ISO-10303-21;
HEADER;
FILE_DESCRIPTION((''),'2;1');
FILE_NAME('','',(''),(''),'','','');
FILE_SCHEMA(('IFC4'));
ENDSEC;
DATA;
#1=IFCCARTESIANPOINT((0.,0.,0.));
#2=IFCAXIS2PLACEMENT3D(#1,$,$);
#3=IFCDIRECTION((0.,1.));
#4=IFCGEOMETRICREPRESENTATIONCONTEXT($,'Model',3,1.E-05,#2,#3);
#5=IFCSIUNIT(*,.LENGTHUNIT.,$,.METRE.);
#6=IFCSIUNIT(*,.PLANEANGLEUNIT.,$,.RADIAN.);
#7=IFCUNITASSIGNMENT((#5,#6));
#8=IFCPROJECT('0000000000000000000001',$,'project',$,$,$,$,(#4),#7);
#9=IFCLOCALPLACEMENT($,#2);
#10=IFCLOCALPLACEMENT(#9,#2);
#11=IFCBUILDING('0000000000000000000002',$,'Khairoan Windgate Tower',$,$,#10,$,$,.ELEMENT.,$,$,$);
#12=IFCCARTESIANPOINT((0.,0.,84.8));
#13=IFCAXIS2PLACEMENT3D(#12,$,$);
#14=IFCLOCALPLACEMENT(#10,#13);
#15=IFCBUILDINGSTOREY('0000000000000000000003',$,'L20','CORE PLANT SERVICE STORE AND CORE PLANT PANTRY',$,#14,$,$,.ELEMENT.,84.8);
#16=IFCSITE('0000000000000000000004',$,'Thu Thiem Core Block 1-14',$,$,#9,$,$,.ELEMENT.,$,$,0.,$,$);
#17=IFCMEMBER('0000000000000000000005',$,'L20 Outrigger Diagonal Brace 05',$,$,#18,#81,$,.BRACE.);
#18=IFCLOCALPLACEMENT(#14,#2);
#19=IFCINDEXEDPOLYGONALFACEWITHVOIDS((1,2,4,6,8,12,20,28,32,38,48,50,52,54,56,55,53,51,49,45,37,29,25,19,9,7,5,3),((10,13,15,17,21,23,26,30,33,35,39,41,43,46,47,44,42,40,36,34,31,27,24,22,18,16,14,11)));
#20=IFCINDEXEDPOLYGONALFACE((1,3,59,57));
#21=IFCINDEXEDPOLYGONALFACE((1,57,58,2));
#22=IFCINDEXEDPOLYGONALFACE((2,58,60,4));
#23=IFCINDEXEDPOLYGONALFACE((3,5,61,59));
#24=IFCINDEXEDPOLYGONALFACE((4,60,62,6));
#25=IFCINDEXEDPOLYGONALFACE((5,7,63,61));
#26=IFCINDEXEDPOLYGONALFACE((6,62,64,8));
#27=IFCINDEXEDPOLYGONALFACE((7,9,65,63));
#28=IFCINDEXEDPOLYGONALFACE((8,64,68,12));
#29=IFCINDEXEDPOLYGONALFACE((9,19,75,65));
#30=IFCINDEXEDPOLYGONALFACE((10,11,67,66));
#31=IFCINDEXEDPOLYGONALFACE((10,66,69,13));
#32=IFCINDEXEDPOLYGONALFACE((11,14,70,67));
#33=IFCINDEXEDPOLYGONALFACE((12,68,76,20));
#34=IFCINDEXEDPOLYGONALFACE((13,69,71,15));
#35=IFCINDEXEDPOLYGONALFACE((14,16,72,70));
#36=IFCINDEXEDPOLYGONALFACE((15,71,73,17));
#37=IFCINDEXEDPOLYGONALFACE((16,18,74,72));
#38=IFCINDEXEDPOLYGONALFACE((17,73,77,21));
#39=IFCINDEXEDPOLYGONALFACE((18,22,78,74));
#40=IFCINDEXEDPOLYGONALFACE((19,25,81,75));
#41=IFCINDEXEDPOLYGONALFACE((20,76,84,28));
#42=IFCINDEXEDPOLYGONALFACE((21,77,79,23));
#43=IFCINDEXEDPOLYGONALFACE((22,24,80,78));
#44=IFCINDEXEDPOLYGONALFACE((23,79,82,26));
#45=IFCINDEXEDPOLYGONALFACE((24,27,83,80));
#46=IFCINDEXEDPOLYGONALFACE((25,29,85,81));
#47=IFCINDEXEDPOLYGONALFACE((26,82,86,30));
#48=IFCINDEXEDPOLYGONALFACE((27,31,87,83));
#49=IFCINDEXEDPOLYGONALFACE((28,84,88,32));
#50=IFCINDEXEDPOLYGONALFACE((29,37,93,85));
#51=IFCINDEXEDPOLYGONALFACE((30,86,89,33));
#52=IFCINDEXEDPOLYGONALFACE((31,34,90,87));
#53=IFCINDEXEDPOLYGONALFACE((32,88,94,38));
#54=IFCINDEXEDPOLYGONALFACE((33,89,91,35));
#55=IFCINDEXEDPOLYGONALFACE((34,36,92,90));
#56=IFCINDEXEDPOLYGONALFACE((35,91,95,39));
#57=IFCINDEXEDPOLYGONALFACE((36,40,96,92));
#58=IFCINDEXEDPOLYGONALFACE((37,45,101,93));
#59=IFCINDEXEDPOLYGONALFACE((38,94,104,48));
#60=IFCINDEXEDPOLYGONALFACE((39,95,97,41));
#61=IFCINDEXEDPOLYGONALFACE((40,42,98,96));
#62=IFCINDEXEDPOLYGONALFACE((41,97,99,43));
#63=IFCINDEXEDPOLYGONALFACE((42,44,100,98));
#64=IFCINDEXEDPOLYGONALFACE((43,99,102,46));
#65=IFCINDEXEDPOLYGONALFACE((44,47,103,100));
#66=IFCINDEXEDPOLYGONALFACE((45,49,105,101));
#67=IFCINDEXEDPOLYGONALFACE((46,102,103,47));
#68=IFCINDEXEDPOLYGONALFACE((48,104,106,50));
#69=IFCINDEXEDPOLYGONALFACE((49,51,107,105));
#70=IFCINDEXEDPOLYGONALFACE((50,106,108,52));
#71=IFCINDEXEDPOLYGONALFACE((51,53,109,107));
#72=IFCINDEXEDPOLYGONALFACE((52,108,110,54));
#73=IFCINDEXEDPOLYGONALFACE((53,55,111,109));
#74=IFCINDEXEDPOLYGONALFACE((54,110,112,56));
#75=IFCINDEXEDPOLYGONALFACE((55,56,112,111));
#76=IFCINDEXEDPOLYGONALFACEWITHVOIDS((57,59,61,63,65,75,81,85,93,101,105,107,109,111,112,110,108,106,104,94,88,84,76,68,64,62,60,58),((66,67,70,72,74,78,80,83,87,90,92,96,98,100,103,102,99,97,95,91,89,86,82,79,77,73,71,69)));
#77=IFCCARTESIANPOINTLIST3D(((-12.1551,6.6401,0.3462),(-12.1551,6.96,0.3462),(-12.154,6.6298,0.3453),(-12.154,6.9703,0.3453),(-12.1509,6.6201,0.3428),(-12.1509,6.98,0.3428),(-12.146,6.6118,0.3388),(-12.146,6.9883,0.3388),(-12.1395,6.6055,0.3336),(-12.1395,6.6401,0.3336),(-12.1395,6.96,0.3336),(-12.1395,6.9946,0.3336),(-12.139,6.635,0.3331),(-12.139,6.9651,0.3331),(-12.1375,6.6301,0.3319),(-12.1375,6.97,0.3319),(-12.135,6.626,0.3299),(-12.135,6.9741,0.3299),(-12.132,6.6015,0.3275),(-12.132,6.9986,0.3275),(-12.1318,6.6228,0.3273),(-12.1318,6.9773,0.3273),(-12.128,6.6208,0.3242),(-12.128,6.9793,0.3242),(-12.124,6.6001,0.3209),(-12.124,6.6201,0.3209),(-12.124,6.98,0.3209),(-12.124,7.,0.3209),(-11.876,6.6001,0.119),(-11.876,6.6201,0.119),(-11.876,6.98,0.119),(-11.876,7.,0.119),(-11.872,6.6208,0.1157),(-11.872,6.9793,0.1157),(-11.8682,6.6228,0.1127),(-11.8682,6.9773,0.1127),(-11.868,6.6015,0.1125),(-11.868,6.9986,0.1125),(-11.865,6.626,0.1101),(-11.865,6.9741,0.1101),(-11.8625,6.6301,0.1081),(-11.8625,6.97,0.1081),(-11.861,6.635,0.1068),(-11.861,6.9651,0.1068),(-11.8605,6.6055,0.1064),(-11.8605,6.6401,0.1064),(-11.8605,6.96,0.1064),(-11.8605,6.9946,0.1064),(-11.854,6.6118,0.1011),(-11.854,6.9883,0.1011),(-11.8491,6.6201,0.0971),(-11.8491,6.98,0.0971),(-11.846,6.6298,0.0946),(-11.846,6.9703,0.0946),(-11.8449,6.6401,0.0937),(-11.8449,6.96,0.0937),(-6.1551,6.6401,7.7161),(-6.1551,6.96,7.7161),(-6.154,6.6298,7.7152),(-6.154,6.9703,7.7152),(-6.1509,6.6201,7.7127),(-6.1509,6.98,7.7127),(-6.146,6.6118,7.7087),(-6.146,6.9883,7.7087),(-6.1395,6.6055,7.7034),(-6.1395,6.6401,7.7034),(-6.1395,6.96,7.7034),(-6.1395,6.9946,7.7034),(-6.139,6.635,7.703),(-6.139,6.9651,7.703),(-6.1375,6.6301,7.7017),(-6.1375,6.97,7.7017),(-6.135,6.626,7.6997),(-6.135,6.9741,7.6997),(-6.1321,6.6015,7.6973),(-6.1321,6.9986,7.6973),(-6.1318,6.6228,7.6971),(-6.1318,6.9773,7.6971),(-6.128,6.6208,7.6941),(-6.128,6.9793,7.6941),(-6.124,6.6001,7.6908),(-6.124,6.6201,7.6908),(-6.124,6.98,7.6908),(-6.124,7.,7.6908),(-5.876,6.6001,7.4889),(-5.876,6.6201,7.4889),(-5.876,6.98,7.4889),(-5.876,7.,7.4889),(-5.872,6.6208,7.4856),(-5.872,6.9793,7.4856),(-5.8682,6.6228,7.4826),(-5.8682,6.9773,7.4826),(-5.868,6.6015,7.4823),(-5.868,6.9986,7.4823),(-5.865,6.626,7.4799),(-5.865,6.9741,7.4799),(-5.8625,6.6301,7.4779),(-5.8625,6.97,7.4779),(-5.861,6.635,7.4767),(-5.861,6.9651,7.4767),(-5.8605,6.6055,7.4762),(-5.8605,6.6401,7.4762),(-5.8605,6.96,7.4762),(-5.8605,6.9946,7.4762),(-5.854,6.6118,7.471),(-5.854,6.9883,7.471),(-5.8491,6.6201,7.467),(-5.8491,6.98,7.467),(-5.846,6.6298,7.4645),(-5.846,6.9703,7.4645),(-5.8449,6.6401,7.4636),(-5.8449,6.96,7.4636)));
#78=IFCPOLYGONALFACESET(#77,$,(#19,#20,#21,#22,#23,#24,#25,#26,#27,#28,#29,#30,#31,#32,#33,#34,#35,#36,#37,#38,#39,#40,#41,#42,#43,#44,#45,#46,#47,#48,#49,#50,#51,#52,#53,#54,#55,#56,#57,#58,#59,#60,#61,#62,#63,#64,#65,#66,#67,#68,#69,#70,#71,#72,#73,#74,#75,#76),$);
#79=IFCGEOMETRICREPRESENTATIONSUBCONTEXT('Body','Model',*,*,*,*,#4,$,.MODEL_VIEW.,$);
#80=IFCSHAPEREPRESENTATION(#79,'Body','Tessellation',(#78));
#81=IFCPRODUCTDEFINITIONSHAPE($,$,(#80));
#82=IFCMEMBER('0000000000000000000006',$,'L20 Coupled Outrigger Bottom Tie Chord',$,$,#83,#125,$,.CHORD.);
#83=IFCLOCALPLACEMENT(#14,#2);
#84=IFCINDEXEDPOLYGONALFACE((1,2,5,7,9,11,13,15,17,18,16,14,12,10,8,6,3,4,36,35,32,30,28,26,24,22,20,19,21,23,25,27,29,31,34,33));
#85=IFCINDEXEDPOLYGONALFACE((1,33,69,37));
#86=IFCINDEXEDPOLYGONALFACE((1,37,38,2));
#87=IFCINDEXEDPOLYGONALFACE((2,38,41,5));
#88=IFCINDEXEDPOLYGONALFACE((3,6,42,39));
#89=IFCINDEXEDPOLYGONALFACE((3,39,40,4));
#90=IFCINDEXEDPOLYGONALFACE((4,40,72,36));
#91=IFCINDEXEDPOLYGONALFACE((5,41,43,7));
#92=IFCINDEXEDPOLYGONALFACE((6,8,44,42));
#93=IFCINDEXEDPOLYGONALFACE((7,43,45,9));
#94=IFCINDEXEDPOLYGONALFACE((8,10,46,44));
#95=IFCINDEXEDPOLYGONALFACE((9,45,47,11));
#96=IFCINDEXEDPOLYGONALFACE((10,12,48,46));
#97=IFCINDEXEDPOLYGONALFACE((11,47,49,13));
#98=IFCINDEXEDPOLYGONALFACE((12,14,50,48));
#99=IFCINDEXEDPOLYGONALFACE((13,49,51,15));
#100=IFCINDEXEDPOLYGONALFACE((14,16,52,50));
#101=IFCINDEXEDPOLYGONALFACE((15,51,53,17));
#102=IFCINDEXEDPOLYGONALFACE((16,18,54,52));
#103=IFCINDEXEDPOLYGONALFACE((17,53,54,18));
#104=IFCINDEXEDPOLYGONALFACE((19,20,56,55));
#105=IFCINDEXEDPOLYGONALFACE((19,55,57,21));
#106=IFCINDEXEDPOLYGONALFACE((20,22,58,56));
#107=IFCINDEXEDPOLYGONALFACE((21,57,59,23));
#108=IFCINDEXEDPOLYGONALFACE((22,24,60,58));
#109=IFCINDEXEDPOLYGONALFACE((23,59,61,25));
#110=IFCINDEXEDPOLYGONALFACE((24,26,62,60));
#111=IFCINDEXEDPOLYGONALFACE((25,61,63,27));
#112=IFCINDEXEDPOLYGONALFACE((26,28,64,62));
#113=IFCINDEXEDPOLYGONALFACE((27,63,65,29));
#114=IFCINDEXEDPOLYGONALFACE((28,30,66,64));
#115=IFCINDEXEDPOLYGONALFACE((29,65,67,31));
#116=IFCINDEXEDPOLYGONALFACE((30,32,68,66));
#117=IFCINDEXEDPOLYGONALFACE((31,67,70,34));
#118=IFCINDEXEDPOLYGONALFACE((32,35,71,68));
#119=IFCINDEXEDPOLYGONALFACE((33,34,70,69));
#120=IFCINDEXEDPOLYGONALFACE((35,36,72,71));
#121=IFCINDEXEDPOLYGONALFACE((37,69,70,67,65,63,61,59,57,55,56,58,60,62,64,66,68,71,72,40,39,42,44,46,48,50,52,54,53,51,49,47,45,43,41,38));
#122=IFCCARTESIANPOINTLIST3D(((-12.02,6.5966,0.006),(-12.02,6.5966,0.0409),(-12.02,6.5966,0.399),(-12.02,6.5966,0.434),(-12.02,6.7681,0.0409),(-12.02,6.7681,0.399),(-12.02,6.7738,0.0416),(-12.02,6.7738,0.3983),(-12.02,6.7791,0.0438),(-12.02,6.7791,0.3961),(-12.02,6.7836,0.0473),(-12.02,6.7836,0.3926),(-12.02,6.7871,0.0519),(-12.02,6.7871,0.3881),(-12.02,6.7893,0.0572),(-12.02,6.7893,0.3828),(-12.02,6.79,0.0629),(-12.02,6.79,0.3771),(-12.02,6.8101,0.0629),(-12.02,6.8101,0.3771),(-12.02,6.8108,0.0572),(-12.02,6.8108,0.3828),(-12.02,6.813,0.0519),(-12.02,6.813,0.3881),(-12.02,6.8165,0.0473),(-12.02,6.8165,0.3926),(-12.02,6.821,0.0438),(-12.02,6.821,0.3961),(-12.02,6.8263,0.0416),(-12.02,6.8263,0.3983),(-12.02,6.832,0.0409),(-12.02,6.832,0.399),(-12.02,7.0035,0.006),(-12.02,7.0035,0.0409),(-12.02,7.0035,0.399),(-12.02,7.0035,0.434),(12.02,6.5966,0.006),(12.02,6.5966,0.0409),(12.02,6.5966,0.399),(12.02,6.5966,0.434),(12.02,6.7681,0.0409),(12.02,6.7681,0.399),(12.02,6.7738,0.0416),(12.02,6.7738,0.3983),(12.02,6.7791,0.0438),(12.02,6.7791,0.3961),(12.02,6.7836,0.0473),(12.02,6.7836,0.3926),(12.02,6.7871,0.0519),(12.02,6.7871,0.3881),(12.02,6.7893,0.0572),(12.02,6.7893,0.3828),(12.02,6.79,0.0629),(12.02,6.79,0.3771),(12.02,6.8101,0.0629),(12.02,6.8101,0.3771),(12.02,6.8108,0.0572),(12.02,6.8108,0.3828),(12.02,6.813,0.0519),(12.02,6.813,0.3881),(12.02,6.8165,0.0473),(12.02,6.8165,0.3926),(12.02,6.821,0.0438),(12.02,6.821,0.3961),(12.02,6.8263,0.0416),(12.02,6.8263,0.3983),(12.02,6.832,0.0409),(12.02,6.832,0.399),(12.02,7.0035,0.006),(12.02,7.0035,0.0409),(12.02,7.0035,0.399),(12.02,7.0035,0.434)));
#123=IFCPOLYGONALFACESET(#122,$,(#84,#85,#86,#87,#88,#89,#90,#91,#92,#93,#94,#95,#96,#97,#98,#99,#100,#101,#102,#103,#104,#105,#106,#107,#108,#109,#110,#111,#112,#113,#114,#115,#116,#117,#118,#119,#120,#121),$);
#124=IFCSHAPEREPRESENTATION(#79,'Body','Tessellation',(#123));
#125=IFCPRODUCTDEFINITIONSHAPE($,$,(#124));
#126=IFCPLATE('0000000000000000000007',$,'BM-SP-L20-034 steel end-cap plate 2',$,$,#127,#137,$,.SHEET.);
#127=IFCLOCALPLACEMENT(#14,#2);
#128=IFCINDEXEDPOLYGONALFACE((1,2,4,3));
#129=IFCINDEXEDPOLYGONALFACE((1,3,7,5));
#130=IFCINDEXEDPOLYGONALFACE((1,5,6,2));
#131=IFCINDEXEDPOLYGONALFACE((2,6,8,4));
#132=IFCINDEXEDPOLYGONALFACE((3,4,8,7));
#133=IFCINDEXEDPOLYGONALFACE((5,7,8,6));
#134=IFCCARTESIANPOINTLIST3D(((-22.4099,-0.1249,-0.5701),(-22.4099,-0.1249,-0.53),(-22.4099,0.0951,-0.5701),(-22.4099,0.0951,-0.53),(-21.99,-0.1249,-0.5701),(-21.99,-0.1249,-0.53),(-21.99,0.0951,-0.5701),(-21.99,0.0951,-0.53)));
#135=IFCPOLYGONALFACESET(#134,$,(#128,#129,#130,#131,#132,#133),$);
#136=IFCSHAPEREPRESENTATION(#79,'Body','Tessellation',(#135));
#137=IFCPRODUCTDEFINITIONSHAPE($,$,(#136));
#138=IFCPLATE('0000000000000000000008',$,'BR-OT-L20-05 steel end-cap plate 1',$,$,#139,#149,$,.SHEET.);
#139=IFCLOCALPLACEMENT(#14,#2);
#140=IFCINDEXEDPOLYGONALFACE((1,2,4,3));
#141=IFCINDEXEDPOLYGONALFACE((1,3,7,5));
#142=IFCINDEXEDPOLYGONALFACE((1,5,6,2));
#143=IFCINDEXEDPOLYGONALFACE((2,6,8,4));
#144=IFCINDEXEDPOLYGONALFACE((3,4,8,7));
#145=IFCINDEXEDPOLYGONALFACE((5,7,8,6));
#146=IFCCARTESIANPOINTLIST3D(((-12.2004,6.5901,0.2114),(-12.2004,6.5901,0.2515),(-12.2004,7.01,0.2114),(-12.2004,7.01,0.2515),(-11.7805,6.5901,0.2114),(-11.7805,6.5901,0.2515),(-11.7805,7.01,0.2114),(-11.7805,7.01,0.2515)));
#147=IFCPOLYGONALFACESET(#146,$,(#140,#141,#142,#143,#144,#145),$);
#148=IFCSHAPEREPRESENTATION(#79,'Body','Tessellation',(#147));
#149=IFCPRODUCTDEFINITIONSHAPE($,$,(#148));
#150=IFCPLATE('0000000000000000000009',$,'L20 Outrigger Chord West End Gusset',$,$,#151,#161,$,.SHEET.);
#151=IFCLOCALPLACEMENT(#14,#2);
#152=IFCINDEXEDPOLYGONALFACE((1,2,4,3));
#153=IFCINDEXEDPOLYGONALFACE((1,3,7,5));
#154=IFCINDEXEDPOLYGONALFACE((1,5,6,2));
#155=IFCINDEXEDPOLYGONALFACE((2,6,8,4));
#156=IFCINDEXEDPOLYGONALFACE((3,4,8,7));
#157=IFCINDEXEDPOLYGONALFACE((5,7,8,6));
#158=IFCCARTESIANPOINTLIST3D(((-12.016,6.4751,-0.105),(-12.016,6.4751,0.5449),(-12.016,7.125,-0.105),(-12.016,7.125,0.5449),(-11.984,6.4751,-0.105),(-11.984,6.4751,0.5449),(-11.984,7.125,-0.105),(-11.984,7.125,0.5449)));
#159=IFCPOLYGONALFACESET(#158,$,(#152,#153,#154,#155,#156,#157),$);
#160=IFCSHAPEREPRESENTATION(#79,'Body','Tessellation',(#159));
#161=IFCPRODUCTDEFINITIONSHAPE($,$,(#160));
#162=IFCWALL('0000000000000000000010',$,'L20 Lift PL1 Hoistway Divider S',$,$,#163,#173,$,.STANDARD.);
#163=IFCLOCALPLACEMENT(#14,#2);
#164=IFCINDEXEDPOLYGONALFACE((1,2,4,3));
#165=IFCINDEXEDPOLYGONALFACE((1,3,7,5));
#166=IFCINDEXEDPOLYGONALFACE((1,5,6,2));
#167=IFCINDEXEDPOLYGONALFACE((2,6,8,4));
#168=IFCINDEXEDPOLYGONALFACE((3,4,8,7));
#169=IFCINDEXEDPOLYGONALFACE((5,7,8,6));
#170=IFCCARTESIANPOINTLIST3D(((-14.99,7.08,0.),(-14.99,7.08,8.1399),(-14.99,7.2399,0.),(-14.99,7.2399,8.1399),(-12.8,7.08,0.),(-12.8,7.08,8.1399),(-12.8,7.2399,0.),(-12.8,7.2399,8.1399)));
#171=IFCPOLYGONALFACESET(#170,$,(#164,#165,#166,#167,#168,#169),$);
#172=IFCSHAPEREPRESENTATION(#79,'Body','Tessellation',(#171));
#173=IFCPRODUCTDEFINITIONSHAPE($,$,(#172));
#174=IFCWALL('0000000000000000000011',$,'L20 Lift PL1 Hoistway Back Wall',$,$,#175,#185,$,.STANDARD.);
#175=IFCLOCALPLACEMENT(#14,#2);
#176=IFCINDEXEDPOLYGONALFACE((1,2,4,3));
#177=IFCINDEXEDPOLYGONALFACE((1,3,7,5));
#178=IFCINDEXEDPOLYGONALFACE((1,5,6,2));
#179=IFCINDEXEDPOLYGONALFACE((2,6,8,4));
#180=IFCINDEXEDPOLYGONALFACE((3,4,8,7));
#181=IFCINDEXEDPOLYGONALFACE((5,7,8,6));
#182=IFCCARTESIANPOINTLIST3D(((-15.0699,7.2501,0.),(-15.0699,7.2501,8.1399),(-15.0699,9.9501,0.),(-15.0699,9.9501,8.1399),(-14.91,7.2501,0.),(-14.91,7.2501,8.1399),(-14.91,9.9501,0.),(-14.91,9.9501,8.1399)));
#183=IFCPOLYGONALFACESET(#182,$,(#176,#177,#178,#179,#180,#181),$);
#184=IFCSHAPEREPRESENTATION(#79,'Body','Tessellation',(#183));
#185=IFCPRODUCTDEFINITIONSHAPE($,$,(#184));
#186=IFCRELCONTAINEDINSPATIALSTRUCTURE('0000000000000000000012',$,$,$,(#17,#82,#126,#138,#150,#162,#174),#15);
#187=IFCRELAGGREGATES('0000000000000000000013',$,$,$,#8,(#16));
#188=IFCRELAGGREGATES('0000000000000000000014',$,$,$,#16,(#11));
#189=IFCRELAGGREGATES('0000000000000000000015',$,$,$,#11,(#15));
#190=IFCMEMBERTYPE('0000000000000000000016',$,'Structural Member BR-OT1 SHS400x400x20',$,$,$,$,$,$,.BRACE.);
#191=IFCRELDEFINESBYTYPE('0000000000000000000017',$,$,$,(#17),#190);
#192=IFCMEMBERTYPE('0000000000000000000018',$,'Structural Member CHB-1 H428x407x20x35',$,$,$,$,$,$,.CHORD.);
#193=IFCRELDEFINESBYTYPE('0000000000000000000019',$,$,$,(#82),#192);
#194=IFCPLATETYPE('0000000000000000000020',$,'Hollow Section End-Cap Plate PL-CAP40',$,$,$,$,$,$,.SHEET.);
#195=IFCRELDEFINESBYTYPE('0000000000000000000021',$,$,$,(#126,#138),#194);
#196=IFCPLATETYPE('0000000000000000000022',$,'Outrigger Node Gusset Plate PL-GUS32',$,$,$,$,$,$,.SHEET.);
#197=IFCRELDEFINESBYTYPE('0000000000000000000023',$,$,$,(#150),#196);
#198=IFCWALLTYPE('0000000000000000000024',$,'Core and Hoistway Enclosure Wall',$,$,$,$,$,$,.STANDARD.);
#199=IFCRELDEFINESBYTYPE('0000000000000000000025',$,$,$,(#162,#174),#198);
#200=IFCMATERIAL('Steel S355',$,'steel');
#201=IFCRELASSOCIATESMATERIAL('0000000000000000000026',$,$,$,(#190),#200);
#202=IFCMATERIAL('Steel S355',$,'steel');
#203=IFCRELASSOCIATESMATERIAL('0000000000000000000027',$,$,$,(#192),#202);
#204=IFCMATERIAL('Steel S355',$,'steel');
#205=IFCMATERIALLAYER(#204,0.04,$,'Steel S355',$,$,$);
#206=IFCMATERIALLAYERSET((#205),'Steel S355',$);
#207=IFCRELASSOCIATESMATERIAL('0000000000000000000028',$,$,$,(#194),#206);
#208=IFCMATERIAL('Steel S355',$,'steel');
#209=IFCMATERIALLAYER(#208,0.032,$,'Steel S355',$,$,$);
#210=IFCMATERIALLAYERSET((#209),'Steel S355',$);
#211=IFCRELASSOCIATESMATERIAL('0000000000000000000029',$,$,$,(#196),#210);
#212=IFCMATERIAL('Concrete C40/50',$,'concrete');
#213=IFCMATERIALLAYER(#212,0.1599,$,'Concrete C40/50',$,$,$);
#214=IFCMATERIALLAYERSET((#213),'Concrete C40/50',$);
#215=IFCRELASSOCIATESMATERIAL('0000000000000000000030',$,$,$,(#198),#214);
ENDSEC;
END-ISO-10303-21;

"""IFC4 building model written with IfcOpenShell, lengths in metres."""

from ifc_helpers import new_model, si_unit, direction, frame, frame_2d, origin, origin_2d, place, context, subcontext, project, spatial, rectangle, hollow_rectangle, i_section, extrude, material, layer, layer_set, material_profile, profile_set, type_object, element, save


model = new_model("IFC4")

# Units and contexts
model_context = context("Model", 3, precision=1e-05, world=origin(), true_north=direction((0.0, 1.0)))
body_context = subcontext(model_context, "Body", "Model", "MODEL_VIEW")
ifc_project = project(units=[si_unit("LENGTHUNIT", "METRE"), si_unit("PLANEANGLEUNIT", "RADIAN")], contexts=[model_context])

# Site, building, storey
site_placement = place(None, origin())
site = spatial("IfcSite", under=ifc_project, at=site_placement, Name="Thu Thiem Core Block 1-14", CompositionType="ELEMENT", RefElevation=0.0)
building_placement = place(site_placement, origin())
building = spatial("IfcBuilding", under=site, at=building_placement, Name="Khairoan Windgate Tower", CompositionType="ELEMENT")
storey_placement = place(building_placement, frame((0.0, 0.0, 84.8)))
storey = spatial("IfcBuildingStorey", under=building, at=storey_placement, Name="L20", Description="CORE PLANT SERVICE STORE AND CORE PLANT PANTRY", CompositionType="ELEMENT", Elevation=84.8)

# Members
ifc_material_1 = material(Name="Steel S355", Category="steel")
ifc_material_profile_1 = material_profile(ifc_material_1, hollow_rectangle(XDim=0.3999, YDim=0.3999, WallThickness=0.02, InnerFilletRadius=0.02, OuterFilletRadius=0.04, at=origin_2d()))
ifc_profile_set_1 = profile_set([ifc_material_profile_1], Name="Steel S355")
member_type_1 = type_object("IfcMemberType", Name="Structural Member BR-OT1 SHS400x400x20", PredefinedType="BRACE", material=ifc_profile_set_1)
member_1_placement = place(storey_placement, frame((-12.0, 6.8, 0.22), z_axis=(0.631352, 0.0, 0.775497), x_axis=(0.0, 1.0, 0.0)))
element("IfcMember", 1, at=member_1_placement, inside=storey, type_object=member_type_1, Name="L20 Outrigger Diagonal Brace 05", PredefinedType="BRACE", context=body_context, shape_type="SweptSolid", body=[
    extrude(hollow_rectangle(XDim=0.3999, YDim=0.3999, WallThickness=0.02, InnerFilletRadius=0.02, OuterFilletRadius=0.04, at=origin_2d()), origin(), (0.0, 0.0, 1.0), 9.5034),
])
ifc_material_2 = material(Name="Steel S355", Category="steel")
ifc_material_profile_2 = material_profile(ifc_material_2, i_section(OverallWidth=0.407, OverallDepth=0.428, WebThickness=0.02, FlangeThickness=0.0349, FilletRadius=0.022, at=origin_2d()))
ifc_profile_set_2 = profile_set([ifc_material_profile_2], Name="Steel S355")
member_type_2 = type_object("IfcMemberType", Name="Structural Member CHB-1 H428x407x20x35", PredefinedType="CHORD", material=ifc_profile_set_2)
member_2_placement = place(storey_placement, frame((-12.02, 6.8, 0.22), z_axis=(1.0, 0.0, 0.0), x_axis=(0.0, 1.0, 0.0)))
element("IfcMember", 2, at=member_2_placement, inside=storey, type_object=member_type_2, Name="L20 Coupled Outrigger Bottom Tie Chord", PredefinedType="CHORD", context=body_context, shape_type="SweptSolid", body=[
    extrude(i_section(OverallWidth=0.407, OverallDepth=0.428, WebThickness=0.02, FlangeThickness=0.0349, FilletRadius=0.022, at=origin_2d()), origin(), (0.0, 0.0, 1.0), 24.04),
])

# Plates
ifc_material_3 = material(Name="Steel S355", Category="steel")
ifc_layer_1 = layer(ifc_material_3, 0.04, Name="Steel S355")
ifc_layer_set_1 = layer_set([ifc_layer_1], Name="Steel S355")
plate_type_1 = type_object("IfcPlateType", Name="Hollow Section End-Cap Plate PL-CAP40", PredefinedType="SHEET", material=ifc_layer_set_1)
plate_1_placement = place(storey_placement, frame((-22.2, -0.0149, -0.5701), z_axis=(0.0, 0.0, 1.0), x_axis=(0.0, 1.0, 0.0)))
element("IfcPlate", 3, at=plate_1_placement, inside=storey, type_object=plate_type_1, Name="BM-SP-L20-034 steel end-cap plate 2", PredefinedType="SHEET", context=body_context, shape_type="SweptSolid", body=[
    extrude(rectangle(XDim=0.22, YDim=0.4199, at=origin_2d()), origin(), (0.0, 0.0, 1.0), 0.04),
])
plate_2_placement = place(storey_placement, frame((-11.9905, 6.8, 0.2114), z_axis=(0.0, 0.0, 1.0), x_axis=(1.0, 0.0, 0.0)))
element("IfcPlate", 4, at=plate_2_placement, inside=storey, type_object=plate_type_1, Name="BR-OT-L20-05 steel end-cap plate 1", PredefinedType="SHEET", context=body_context, shape_type="SweptSolid", body=[
    extrude(rectangle(XDim=0.4199, YDim=0.4199, at=origin_2d()), origin(), (0.0, 0.0, 1.0), 0.04),
])
ifc_material_4 = material(Name="Steel S355", Category="steel")
ifc_layer_2 = layer(ifc_material_4, 0.032, Name="Steel S355")
ifc_layer_set_2 = layer_set([ifc_layer_2], Name="Steel S355")
plate_type_2 = type_object("IfcPlateType", Name="Outrigger Node Gusset Plate PL-GUS32", PredefinedType="SHEET", material=ifc_layer_set_2)
plate_3_placement = place(storey_placement, frame((-12.0, 6.8, -0.105), z_axis=(0.0, 0.0, 1.0), x_axis=(1.0, 0.0, 0.0)))
element("IfcPlate", 5, at=plate_3_placement, inside=storey, type_object=plate_type_2, Name="L20 Outrigger Chord West End Gusset", PredefinedType="SHEET", context=body_context, shape_type="SweptSolid", body=[
    extrude(rectangle(XDim=0.032, YDim=0.6499, at=origin_2d()), origin(), (0.0, 0.0, 1.0), 0.6499),
])

# Walls
ifc_material_5 = material(Name="Concrete C40/50", Category="concrete")
ifc_layer_3 = layer(ifc_material_5, 0.1599, Name="Concrete C40/50")
ifc_layer_set_3 = layer_set([ifc_layer_3], Name="Concrete C40/50")
wall_type_1 = type_object("IfcWallType", Name="Core and Hoistway Enclosure Wall", PredefinedType="STANDARD", material=ifc_layer_set_3)
wall_1_placement = place(storey_placement, frame((-14.99, 7.1599, 0.0), z_axis=(0.0, 0.0, 1.0), x_axis=(1.0, 0.0, 0.0)))
element("IfcWall", 6, at=wall_1_placement, inside=storey, type_object=wall_type_1, Name="L20 Lift PL1 Hoistway Divider S", PredefinedType="STANDARD", context=body_context, shape_type="SweptSolid", body=[
    extrude(rectangle(XDim=2.1899, YDim=0.1599, at=frame_2d((1.095, 0.0))), origin(), (0.0, 0.0, 1.0), 8.1399),
])
wall_2_placement = place(storey_placement, frame((-14.99, 7.25, 0.0), z_axis=(0.0, 0.0, 1.0), x_axis=(0.0, 1.0, 0.0)))
element("IfcWall", 7, at=wall_2_placement, inside=storey, type_object=wall_type_1, Name="L20 Lift PL1 Hoistway Back Wall", PredefinedType="STANDARD", context=body_context, shape_type="SweptSolid", body=[
    extrude(rectangle(XDim=2.7, YDim=0.1599, at=frame_2d((1.3501, 0.0))), origin(), (0.0, 0.0, 1.0), 8.1399),
])

save(model, "model.ifc")
